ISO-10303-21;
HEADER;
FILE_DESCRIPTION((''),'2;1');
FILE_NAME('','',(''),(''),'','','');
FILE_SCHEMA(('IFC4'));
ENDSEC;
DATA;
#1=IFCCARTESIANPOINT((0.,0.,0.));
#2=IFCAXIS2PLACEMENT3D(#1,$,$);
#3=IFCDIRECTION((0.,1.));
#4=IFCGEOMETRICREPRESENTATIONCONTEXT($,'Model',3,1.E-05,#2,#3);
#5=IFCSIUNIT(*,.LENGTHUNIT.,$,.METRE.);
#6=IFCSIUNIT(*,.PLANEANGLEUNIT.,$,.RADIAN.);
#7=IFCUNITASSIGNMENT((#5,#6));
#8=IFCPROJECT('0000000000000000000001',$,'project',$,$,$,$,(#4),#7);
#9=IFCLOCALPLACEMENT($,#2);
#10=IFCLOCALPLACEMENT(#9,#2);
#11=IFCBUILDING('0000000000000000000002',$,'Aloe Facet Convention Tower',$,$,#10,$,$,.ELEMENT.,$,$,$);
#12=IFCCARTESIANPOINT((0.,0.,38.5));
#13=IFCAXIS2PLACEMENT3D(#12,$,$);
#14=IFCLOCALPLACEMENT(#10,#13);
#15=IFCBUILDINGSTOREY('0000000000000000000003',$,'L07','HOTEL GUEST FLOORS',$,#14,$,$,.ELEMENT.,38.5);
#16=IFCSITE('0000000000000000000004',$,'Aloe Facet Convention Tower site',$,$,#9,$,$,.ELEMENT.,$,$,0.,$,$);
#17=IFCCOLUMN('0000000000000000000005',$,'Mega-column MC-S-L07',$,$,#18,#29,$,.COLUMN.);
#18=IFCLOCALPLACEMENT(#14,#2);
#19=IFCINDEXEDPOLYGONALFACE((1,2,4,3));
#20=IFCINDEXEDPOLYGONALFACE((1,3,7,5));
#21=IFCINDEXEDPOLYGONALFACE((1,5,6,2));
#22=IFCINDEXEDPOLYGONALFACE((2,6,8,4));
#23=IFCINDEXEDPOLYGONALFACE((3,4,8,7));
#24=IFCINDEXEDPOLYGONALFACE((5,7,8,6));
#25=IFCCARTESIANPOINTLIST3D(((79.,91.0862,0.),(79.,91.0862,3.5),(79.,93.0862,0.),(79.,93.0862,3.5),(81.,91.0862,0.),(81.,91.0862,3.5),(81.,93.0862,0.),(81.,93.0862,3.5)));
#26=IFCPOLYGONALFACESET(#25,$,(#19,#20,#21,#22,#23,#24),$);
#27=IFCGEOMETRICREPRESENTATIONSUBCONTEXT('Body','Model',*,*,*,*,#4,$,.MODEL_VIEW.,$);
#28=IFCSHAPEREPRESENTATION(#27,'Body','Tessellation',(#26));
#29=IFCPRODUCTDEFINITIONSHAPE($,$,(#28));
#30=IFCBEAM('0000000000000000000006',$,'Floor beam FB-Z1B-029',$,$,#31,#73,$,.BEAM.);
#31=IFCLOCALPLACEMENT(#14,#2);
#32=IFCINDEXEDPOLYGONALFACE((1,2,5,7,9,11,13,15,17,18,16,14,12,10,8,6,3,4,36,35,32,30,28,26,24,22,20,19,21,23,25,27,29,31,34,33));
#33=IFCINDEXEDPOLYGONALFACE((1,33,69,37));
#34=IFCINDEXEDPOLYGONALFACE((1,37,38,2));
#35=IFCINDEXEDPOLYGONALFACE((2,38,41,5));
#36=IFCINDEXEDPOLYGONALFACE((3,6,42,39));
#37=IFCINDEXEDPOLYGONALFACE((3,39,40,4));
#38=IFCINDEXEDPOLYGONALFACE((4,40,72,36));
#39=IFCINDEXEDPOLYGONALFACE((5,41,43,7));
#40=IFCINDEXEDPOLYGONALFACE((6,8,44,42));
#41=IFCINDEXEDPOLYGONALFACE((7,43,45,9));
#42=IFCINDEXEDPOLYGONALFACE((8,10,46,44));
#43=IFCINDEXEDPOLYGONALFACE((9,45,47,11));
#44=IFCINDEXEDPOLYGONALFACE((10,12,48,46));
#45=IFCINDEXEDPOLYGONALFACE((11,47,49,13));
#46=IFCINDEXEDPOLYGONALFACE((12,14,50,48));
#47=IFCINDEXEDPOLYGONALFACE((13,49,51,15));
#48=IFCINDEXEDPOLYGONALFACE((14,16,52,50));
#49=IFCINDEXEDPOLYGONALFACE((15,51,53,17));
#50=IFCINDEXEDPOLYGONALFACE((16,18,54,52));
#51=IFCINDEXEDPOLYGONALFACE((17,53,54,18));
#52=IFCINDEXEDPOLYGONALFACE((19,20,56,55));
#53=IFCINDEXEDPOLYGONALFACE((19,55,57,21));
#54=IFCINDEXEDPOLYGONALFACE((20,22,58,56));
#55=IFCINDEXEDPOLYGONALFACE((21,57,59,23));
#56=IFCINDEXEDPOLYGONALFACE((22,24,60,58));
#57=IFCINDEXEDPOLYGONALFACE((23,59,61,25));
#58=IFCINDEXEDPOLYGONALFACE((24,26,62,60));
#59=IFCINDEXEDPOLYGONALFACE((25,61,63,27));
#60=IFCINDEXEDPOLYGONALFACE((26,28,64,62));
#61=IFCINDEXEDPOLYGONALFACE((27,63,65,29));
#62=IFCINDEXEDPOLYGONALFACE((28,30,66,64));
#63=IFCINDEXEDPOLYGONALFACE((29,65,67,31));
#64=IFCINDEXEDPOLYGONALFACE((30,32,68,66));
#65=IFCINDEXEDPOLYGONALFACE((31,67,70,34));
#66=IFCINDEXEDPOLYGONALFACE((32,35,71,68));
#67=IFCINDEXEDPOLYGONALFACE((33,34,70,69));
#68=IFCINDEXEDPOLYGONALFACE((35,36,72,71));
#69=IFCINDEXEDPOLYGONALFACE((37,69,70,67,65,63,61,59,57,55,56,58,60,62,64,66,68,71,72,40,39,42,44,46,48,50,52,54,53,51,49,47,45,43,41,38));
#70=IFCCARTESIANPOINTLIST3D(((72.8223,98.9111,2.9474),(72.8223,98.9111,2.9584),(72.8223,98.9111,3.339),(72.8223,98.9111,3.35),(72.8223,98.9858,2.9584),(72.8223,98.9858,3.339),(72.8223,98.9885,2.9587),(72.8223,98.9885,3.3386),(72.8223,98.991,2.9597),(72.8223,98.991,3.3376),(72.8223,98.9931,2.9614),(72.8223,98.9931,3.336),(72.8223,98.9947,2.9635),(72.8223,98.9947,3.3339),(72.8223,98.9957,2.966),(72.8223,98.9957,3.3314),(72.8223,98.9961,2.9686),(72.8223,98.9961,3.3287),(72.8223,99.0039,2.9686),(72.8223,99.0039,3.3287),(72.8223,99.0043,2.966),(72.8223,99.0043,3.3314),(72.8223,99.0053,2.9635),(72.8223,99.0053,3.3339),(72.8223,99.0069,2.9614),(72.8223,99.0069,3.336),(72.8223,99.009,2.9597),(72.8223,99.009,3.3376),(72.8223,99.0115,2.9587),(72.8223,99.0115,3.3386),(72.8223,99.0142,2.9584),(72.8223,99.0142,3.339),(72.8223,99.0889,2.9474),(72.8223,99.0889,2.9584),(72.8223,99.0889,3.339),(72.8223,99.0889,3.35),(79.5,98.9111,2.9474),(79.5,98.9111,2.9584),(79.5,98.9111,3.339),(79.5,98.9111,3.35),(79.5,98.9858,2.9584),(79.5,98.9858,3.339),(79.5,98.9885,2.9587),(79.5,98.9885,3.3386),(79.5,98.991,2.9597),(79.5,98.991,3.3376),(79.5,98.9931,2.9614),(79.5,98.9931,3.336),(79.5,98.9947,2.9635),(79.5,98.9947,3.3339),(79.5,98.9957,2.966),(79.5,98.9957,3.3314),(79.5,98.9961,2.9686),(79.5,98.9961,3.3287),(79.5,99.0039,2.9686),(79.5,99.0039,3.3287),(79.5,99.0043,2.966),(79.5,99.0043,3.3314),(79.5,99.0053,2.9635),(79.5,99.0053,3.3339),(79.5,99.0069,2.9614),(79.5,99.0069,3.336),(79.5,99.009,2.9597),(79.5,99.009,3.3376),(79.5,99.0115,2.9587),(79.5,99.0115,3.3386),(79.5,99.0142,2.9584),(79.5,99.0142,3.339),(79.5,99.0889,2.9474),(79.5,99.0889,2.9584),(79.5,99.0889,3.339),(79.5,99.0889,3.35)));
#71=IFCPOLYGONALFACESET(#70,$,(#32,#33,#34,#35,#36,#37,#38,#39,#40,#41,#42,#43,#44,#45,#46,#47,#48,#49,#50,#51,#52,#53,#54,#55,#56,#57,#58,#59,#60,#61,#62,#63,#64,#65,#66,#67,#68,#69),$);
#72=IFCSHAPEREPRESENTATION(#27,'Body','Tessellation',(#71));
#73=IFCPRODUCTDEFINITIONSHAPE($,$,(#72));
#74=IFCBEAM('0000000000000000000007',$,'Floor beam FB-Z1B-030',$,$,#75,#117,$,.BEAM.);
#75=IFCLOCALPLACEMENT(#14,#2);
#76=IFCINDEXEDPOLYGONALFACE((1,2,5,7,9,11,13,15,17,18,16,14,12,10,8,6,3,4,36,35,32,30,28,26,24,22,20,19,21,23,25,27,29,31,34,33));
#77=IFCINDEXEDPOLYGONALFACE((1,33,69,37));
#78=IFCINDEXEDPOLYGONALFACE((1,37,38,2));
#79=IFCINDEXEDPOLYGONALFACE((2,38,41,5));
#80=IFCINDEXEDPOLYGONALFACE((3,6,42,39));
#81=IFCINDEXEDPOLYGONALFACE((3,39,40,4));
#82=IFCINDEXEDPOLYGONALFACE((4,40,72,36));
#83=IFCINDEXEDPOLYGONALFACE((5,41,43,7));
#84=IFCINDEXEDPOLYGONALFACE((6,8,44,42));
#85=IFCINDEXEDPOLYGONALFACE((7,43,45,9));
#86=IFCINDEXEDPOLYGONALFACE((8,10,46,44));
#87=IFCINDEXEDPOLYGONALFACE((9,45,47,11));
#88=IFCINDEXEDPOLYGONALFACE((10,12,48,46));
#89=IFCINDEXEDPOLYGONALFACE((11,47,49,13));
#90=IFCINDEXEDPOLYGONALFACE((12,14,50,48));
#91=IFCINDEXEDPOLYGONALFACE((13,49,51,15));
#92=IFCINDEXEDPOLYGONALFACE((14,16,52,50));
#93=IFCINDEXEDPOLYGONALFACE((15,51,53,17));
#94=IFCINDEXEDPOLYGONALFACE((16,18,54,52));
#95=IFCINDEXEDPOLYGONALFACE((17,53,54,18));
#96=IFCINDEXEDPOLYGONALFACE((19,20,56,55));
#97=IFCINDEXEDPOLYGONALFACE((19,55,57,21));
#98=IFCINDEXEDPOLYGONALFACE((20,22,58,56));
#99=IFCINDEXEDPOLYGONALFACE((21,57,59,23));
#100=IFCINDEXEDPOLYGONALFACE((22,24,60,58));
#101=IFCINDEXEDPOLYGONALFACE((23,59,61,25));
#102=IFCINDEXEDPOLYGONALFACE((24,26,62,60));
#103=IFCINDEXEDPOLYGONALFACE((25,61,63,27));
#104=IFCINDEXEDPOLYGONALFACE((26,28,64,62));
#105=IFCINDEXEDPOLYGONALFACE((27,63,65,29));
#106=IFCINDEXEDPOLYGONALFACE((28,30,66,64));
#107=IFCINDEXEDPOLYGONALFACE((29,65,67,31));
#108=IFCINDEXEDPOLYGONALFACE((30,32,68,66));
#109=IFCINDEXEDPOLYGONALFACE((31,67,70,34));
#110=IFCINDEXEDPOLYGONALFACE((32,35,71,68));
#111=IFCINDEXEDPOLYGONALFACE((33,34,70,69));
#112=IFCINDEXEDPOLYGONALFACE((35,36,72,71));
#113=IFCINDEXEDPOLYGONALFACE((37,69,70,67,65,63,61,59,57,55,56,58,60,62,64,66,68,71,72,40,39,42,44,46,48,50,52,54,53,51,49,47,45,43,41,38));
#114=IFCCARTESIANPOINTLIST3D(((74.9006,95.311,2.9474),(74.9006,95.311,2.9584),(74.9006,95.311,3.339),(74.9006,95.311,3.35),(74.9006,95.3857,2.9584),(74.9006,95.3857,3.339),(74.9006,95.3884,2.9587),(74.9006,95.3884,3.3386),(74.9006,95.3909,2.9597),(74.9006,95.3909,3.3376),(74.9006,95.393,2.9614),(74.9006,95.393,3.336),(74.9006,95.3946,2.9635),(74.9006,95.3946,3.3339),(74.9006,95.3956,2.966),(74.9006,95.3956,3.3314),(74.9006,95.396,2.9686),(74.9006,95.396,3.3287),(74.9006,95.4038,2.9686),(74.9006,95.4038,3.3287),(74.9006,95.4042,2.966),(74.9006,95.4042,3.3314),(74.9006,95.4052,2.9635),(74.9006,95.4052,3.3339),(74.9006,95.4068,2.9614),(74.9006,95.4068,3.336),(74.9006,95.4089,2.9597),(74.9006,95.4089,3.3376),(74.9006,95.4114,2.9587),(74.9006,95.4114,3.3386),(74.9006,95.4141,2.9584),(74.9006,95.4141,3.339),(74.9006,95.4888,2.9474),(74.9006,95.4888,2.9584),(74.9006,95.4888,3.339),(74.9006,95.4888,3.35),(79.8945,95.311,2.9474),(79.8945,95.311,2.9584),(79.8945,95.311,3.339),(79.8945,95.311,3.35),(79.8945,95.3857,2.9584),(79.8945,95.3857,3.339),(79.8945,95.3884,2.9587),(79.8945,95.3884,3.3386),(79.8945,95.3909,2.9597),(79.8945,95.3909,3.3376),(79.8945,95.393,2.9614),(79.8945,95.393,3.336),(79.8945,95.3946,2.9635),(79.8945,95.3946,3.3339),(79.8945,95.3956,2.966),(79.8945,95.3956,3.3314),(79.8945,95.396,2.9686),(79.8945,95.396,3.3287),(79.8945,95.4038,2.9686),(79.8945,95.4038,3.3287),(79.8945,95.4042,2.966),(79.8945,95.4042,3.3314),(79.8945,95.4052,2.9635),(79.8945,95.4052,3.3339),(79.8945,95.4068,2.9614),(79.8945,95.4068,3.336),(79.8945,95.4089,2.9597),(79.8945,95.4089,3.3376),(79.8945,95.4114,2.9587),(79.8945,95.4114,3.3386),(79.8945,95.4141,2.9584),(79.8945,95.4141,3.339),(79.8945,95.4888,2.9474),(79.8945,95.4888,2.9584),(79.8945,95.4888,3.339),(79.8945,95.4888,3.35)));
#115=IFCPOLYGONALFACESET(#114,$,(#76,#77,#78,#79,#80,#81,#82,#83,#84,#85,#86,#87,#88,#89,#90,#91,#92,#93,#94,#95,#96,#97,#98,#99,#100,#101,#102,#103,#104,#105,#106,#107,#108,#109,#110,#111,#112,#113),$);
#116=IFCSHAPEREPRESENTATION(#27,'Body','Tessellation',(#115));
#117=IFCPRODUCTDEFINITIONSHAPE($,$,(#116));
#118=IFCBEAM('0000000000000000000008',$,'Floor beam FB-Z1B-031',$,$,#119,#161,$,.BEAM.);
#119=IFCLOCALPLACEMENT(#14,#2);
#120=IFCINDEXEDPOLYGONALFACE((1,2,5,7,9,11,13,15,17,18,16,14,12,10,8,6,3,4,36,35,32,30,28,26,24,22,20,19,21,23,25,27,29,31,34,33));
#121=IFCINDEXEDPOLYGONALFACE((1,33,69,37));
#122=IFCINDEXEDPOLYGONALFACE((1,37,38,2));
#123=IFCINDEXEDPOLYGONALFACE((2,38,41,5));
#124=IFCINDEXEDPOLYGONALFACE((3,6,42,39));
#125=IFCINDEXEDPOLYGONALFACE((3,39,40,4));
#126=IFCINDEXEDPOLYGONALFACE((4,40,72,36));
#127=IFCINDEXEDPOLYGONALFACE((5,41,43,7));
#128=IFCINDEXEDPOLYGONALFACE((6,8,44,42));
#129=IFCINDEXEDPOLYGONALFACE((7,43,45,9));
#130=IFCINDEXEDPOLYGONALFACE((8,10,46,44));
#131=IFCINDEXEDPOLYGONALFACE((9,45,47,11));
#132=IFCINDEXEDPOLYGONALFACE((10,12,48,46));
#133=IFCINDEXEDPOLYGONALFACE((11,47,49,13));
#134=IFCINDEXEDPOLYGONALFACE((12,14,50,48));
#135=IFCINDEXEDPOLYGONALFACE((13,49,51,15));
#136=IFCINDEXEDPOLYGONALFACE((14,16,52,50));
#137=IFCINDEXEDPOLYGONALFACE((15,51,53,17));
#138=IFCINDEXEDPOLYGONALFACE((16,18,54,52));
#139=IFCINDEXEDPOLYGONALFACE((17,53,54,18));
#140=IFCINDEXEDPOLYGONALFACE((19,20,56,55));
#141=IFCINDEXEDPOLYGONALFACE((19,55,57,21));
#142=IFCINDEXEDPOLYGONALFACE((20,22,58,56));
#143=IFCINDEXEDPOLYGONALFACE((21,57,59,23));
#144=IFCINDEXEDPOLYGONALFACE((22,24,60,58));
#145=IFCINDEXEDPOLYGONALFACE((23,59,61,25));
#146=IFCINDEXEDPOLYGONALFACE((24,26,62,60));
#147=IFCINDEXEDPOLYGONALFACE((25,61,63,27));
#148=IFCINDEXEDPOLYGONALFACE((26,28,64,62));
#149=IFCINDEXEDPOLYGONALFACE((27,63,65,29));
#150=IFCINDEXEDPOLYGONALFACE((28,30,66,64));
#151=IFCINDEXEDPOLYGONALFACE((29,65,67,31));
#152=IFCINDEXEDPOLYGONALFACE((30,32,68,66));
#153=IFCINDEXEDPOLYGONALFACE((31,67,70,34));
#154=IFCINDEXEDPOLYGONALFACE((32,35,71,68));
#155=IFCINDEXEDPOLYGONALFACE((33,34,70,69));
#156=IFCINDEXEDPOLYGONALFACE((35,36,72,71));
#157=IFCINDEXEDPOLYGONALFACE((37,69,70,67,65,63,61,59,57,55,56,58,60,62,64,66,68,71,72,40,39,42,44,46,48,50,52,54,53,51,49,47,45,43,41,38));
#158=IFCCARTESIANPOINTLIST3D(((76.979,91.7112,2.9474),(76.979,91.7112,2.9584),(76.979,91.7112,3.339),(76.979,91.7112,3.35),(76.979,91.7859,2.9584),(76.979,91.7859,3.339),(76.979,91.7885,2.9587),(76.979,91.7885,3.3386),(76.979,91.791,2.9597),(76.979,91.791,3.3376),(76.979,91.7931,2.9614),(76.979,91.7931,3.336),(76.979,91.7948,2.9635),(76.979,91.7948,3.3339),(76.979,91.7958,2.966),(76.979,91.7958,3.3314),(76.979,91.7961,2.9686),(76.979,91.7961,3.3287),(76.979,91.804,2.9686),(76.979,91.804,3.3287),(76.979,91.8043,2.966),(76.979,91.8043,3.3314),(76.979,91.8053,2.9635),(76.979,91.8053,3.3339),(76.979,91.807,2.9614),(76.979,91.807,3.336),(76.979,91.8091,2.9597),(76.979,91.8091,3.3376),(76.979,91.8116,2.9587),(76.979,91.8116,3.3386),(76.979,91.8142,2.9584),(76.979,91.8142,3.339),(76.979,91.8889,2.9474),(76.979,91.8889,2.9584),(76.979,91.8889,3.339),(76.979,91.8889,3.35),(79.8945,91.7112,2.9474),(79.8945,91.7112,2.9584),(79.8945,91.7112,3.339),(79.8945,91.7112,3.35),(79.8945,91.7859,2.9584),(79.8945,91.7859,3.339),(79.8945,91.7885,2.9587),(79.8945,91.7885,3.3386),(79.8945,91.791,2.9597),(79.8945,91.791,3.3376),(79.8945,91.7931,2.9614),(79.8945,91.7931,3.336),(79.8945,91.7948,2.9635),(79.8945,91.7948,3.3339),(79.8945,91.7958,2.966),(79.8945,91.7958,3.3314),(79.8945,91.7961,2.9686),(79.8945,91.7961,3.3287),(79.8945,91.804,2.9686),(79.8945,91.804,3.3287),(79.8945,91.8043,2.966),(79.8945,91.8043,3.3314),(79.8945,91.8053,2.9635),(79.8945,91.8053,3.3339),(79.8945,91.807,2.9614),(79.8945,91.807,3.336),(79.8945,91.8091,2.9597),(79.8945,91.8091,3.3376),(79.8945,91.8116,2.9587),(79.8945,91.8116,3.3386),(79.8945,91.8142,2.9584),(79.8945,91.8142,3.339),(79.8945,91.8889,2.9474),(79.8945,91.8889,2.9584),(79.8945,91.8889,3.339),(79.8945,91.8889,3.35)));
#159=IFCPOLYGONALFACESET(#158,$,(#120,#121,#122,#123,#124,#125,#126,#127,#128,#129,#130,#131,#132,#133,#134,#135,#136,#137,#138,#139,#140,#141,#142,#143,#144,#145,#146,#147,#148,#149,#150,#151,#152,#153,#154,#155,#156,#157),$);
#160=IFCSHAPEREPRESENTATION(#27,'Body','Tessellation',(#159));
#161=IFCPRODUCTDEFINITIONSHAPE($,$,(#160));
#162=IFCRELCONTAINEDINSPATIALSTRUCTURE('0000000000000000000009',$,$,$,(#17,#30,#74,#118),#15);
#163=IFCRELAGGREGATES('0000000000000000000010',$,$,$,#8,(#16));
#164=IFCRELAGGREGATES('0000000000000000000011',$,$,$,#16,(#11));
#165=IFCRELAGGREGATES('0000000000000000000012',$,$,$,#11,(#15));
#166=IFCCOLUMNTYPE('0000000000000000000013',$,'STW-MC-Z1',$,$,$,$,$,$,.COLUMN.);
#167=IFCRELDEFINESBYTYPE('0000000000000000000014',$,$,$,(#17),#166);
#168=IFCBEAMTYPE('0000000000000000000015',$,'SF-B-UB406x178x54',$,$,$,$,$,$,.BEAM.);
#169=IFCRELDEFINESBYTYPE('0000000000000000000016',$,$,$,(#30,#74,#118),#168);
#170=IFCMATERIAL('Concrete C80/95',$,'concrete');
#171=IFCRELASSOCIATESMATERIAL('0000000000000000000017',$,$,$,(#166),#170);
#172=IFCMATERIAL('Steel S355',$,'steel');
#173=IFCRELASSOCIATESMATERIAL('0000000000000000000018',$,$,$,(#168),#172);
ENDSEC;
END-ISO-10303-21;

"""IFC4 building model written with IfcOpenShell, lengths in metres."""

from ifc_helpers import new_model, si_unit, direction, frame, origin, origin_2d, place, context, subcontext, project, spatial, rectangle, i_section, extrude, material, material_profile, profile_set, type_object, element, save


model = new_model("IFC4")

# Units and contexts
model_context = context("Model", 3, precision=1e-05, world=origin(), true_north=direction((0.0, 1.0)))
body_context = subcontext(model_context, "Body", "Model", "MODEL_VIEW")
ifc_project = project(units=[si_unit("LENGTHUNIT", "METRE"), si_unit("PLANEANGLEUNIT", "RADIAN")], contexts=[model_context])

# Site, building, storey
site_placement = place(None, origin())
site = spatial("IfcSite", under=ifc_project, at=site_placement, Name="Aloe Facet Convention Tower site", CompositionType="ELEMENT", RefElevation=0.0)
building_placement = place(site_placement, origin())
building = spatial("IfcBuilding", under=site, at=building_placement, Name="Aloe Facet Convention Tower", CompositionType="ELEMENT")
storey_placement = place(building_placement, frame((0.0, 0.0, 38.5)))
storey = spatial("IfcBuildingStorey", under=building, at=storey_placement, Name="L07", Description="HOTEL GUEST FLOORS", CompositionType="ELEMENT", Elevation=38.5)

# Column
ifc_material_1 = material(Name="Concrete C80/95", Category="concrete")
ifc_material_profile_1 = material_profile(ifc_material_1, rectangle(XDim=2.0, YDim=2.0, at=origin_2d()), Name="STW-MC-Z1")
ifc_profile_set_1 = profile_set([ifc_material_profile_1], Name="Concrete C80/95")
column_type = type_object("IfcColumnType", Name="STW-MC-Z1", PredefinedType="COLUMN", material=ifc_profile_set_1)
column_placement = place(storey_placement, frame((80.0, 92.0862, 0.0), z_axis=(0.0, 0.0, 1.0), x_axis=(1.0, 0.0, 0.0)))
element("IfcColumn", 1, at=column_placement, inside=storey, type_object=column_type, Name="Mega-column MC-S-L07", PredefinedType="COLUMN", context=body_context, shape_type="SweptSolid", body=[
    extrude(rectangle(XDim=2.0, YDim=2.0, at=origin_2d()), origin(), (0.0, 0.0, 1.0), 3.5),
])

# Beams
ifc_material_2 = material(Name="Steel S355", Category="steel")
ifc_material_profile_2 = material_profile(ifc_material_2, i_section(OverallWidth=0.1777, OverallDepth=0.4026, WebThickness=0.0078, FlangeThickness=0.011, FilletRadius=0.0103, at=origin_2d()), Name="UB 406x178x54")
ifc_profile_set_2 = profile_set([ifc_material_profile_2], Name="Steel S355")
beam_type_1 = type_object("IfcBeamType", Name="SF-B-UB406x178x54", PredefinedType="BEAM", material=ifc_profile_set_2)
beam_1_placement = place(storey_placement, frame((72.8223, 99.0, 3.1487), z_axis=(1.0, 0.0, 0.0), x_axis=(0.0, 1.0, 0.0)))
element("IfcBeam", 2, at=beam_1_placement, inside=storey, type_object=beam_type_1, Name="Floor beam FB-Z1B-029", PredefinedType="BEAM", context=body_context, shape_type="SweptSolid", body=[
    extrude(i_section(OverallWidth=0.1777, OverallDepth=0.4026, WebThickness=0.0078, FlangeThickness=0.011, FilletRadius=0.0103, at=origin_2d()), origin(), (0.0, 0.0, 1.0), 6.6777),
])
beam_2_placement = place(storey_placement, frame((74.9006, 95.3999, 3.1487), z_axis=(1.0, 0.0, 0.0), x_axis=(0.0, 1.0, 0.0)))
element("IfcBeam", 3, at=beam_2_placement, inside=storey, type_object=beam_type_1, Name="Floor beam FB-Z1B-030", PredefinedType="BEAM", context=body_context, shape_type="SweptSolid", body=[
    extrude(i_section(OverallWidth=0.1777, OverallDepth=0.4026, WebThickness=0.0078, FlangeThickness=0.011, FilletRadius=0.0103, at=origin_2d()), origin(), (0.0, 0.0, 1.0), 4.9939),
])
for number, where, z_axis, x_axis, name in (
    (4, (76.979, 91.8, 3.1487), (1.0, 0.0, 0.0), (0.0, 1.0, 0.0), "Floor beam FB-Z1B-031"),
):
    element("IfcBeam", number, at=place(storey_placement, frame(where, z_axis=z_axis, x_axis=x_axis)), inside=storey, type_object=beam_type_1, Name=name, PredefinedType="BEAM", context=body_context, shape_type="SweptSolid", body=[
        extrude(i_section(OverallWidth=0.1777, OverallDepth=0.4026, WebThickness=0.0078, FlangeThickness=0.011, FilletRadius=0.0103, at=origin_2d()), origin(), (0.0, 0.0, 1.0), 2.9155),
    ])

save(model, "model.ifc")
